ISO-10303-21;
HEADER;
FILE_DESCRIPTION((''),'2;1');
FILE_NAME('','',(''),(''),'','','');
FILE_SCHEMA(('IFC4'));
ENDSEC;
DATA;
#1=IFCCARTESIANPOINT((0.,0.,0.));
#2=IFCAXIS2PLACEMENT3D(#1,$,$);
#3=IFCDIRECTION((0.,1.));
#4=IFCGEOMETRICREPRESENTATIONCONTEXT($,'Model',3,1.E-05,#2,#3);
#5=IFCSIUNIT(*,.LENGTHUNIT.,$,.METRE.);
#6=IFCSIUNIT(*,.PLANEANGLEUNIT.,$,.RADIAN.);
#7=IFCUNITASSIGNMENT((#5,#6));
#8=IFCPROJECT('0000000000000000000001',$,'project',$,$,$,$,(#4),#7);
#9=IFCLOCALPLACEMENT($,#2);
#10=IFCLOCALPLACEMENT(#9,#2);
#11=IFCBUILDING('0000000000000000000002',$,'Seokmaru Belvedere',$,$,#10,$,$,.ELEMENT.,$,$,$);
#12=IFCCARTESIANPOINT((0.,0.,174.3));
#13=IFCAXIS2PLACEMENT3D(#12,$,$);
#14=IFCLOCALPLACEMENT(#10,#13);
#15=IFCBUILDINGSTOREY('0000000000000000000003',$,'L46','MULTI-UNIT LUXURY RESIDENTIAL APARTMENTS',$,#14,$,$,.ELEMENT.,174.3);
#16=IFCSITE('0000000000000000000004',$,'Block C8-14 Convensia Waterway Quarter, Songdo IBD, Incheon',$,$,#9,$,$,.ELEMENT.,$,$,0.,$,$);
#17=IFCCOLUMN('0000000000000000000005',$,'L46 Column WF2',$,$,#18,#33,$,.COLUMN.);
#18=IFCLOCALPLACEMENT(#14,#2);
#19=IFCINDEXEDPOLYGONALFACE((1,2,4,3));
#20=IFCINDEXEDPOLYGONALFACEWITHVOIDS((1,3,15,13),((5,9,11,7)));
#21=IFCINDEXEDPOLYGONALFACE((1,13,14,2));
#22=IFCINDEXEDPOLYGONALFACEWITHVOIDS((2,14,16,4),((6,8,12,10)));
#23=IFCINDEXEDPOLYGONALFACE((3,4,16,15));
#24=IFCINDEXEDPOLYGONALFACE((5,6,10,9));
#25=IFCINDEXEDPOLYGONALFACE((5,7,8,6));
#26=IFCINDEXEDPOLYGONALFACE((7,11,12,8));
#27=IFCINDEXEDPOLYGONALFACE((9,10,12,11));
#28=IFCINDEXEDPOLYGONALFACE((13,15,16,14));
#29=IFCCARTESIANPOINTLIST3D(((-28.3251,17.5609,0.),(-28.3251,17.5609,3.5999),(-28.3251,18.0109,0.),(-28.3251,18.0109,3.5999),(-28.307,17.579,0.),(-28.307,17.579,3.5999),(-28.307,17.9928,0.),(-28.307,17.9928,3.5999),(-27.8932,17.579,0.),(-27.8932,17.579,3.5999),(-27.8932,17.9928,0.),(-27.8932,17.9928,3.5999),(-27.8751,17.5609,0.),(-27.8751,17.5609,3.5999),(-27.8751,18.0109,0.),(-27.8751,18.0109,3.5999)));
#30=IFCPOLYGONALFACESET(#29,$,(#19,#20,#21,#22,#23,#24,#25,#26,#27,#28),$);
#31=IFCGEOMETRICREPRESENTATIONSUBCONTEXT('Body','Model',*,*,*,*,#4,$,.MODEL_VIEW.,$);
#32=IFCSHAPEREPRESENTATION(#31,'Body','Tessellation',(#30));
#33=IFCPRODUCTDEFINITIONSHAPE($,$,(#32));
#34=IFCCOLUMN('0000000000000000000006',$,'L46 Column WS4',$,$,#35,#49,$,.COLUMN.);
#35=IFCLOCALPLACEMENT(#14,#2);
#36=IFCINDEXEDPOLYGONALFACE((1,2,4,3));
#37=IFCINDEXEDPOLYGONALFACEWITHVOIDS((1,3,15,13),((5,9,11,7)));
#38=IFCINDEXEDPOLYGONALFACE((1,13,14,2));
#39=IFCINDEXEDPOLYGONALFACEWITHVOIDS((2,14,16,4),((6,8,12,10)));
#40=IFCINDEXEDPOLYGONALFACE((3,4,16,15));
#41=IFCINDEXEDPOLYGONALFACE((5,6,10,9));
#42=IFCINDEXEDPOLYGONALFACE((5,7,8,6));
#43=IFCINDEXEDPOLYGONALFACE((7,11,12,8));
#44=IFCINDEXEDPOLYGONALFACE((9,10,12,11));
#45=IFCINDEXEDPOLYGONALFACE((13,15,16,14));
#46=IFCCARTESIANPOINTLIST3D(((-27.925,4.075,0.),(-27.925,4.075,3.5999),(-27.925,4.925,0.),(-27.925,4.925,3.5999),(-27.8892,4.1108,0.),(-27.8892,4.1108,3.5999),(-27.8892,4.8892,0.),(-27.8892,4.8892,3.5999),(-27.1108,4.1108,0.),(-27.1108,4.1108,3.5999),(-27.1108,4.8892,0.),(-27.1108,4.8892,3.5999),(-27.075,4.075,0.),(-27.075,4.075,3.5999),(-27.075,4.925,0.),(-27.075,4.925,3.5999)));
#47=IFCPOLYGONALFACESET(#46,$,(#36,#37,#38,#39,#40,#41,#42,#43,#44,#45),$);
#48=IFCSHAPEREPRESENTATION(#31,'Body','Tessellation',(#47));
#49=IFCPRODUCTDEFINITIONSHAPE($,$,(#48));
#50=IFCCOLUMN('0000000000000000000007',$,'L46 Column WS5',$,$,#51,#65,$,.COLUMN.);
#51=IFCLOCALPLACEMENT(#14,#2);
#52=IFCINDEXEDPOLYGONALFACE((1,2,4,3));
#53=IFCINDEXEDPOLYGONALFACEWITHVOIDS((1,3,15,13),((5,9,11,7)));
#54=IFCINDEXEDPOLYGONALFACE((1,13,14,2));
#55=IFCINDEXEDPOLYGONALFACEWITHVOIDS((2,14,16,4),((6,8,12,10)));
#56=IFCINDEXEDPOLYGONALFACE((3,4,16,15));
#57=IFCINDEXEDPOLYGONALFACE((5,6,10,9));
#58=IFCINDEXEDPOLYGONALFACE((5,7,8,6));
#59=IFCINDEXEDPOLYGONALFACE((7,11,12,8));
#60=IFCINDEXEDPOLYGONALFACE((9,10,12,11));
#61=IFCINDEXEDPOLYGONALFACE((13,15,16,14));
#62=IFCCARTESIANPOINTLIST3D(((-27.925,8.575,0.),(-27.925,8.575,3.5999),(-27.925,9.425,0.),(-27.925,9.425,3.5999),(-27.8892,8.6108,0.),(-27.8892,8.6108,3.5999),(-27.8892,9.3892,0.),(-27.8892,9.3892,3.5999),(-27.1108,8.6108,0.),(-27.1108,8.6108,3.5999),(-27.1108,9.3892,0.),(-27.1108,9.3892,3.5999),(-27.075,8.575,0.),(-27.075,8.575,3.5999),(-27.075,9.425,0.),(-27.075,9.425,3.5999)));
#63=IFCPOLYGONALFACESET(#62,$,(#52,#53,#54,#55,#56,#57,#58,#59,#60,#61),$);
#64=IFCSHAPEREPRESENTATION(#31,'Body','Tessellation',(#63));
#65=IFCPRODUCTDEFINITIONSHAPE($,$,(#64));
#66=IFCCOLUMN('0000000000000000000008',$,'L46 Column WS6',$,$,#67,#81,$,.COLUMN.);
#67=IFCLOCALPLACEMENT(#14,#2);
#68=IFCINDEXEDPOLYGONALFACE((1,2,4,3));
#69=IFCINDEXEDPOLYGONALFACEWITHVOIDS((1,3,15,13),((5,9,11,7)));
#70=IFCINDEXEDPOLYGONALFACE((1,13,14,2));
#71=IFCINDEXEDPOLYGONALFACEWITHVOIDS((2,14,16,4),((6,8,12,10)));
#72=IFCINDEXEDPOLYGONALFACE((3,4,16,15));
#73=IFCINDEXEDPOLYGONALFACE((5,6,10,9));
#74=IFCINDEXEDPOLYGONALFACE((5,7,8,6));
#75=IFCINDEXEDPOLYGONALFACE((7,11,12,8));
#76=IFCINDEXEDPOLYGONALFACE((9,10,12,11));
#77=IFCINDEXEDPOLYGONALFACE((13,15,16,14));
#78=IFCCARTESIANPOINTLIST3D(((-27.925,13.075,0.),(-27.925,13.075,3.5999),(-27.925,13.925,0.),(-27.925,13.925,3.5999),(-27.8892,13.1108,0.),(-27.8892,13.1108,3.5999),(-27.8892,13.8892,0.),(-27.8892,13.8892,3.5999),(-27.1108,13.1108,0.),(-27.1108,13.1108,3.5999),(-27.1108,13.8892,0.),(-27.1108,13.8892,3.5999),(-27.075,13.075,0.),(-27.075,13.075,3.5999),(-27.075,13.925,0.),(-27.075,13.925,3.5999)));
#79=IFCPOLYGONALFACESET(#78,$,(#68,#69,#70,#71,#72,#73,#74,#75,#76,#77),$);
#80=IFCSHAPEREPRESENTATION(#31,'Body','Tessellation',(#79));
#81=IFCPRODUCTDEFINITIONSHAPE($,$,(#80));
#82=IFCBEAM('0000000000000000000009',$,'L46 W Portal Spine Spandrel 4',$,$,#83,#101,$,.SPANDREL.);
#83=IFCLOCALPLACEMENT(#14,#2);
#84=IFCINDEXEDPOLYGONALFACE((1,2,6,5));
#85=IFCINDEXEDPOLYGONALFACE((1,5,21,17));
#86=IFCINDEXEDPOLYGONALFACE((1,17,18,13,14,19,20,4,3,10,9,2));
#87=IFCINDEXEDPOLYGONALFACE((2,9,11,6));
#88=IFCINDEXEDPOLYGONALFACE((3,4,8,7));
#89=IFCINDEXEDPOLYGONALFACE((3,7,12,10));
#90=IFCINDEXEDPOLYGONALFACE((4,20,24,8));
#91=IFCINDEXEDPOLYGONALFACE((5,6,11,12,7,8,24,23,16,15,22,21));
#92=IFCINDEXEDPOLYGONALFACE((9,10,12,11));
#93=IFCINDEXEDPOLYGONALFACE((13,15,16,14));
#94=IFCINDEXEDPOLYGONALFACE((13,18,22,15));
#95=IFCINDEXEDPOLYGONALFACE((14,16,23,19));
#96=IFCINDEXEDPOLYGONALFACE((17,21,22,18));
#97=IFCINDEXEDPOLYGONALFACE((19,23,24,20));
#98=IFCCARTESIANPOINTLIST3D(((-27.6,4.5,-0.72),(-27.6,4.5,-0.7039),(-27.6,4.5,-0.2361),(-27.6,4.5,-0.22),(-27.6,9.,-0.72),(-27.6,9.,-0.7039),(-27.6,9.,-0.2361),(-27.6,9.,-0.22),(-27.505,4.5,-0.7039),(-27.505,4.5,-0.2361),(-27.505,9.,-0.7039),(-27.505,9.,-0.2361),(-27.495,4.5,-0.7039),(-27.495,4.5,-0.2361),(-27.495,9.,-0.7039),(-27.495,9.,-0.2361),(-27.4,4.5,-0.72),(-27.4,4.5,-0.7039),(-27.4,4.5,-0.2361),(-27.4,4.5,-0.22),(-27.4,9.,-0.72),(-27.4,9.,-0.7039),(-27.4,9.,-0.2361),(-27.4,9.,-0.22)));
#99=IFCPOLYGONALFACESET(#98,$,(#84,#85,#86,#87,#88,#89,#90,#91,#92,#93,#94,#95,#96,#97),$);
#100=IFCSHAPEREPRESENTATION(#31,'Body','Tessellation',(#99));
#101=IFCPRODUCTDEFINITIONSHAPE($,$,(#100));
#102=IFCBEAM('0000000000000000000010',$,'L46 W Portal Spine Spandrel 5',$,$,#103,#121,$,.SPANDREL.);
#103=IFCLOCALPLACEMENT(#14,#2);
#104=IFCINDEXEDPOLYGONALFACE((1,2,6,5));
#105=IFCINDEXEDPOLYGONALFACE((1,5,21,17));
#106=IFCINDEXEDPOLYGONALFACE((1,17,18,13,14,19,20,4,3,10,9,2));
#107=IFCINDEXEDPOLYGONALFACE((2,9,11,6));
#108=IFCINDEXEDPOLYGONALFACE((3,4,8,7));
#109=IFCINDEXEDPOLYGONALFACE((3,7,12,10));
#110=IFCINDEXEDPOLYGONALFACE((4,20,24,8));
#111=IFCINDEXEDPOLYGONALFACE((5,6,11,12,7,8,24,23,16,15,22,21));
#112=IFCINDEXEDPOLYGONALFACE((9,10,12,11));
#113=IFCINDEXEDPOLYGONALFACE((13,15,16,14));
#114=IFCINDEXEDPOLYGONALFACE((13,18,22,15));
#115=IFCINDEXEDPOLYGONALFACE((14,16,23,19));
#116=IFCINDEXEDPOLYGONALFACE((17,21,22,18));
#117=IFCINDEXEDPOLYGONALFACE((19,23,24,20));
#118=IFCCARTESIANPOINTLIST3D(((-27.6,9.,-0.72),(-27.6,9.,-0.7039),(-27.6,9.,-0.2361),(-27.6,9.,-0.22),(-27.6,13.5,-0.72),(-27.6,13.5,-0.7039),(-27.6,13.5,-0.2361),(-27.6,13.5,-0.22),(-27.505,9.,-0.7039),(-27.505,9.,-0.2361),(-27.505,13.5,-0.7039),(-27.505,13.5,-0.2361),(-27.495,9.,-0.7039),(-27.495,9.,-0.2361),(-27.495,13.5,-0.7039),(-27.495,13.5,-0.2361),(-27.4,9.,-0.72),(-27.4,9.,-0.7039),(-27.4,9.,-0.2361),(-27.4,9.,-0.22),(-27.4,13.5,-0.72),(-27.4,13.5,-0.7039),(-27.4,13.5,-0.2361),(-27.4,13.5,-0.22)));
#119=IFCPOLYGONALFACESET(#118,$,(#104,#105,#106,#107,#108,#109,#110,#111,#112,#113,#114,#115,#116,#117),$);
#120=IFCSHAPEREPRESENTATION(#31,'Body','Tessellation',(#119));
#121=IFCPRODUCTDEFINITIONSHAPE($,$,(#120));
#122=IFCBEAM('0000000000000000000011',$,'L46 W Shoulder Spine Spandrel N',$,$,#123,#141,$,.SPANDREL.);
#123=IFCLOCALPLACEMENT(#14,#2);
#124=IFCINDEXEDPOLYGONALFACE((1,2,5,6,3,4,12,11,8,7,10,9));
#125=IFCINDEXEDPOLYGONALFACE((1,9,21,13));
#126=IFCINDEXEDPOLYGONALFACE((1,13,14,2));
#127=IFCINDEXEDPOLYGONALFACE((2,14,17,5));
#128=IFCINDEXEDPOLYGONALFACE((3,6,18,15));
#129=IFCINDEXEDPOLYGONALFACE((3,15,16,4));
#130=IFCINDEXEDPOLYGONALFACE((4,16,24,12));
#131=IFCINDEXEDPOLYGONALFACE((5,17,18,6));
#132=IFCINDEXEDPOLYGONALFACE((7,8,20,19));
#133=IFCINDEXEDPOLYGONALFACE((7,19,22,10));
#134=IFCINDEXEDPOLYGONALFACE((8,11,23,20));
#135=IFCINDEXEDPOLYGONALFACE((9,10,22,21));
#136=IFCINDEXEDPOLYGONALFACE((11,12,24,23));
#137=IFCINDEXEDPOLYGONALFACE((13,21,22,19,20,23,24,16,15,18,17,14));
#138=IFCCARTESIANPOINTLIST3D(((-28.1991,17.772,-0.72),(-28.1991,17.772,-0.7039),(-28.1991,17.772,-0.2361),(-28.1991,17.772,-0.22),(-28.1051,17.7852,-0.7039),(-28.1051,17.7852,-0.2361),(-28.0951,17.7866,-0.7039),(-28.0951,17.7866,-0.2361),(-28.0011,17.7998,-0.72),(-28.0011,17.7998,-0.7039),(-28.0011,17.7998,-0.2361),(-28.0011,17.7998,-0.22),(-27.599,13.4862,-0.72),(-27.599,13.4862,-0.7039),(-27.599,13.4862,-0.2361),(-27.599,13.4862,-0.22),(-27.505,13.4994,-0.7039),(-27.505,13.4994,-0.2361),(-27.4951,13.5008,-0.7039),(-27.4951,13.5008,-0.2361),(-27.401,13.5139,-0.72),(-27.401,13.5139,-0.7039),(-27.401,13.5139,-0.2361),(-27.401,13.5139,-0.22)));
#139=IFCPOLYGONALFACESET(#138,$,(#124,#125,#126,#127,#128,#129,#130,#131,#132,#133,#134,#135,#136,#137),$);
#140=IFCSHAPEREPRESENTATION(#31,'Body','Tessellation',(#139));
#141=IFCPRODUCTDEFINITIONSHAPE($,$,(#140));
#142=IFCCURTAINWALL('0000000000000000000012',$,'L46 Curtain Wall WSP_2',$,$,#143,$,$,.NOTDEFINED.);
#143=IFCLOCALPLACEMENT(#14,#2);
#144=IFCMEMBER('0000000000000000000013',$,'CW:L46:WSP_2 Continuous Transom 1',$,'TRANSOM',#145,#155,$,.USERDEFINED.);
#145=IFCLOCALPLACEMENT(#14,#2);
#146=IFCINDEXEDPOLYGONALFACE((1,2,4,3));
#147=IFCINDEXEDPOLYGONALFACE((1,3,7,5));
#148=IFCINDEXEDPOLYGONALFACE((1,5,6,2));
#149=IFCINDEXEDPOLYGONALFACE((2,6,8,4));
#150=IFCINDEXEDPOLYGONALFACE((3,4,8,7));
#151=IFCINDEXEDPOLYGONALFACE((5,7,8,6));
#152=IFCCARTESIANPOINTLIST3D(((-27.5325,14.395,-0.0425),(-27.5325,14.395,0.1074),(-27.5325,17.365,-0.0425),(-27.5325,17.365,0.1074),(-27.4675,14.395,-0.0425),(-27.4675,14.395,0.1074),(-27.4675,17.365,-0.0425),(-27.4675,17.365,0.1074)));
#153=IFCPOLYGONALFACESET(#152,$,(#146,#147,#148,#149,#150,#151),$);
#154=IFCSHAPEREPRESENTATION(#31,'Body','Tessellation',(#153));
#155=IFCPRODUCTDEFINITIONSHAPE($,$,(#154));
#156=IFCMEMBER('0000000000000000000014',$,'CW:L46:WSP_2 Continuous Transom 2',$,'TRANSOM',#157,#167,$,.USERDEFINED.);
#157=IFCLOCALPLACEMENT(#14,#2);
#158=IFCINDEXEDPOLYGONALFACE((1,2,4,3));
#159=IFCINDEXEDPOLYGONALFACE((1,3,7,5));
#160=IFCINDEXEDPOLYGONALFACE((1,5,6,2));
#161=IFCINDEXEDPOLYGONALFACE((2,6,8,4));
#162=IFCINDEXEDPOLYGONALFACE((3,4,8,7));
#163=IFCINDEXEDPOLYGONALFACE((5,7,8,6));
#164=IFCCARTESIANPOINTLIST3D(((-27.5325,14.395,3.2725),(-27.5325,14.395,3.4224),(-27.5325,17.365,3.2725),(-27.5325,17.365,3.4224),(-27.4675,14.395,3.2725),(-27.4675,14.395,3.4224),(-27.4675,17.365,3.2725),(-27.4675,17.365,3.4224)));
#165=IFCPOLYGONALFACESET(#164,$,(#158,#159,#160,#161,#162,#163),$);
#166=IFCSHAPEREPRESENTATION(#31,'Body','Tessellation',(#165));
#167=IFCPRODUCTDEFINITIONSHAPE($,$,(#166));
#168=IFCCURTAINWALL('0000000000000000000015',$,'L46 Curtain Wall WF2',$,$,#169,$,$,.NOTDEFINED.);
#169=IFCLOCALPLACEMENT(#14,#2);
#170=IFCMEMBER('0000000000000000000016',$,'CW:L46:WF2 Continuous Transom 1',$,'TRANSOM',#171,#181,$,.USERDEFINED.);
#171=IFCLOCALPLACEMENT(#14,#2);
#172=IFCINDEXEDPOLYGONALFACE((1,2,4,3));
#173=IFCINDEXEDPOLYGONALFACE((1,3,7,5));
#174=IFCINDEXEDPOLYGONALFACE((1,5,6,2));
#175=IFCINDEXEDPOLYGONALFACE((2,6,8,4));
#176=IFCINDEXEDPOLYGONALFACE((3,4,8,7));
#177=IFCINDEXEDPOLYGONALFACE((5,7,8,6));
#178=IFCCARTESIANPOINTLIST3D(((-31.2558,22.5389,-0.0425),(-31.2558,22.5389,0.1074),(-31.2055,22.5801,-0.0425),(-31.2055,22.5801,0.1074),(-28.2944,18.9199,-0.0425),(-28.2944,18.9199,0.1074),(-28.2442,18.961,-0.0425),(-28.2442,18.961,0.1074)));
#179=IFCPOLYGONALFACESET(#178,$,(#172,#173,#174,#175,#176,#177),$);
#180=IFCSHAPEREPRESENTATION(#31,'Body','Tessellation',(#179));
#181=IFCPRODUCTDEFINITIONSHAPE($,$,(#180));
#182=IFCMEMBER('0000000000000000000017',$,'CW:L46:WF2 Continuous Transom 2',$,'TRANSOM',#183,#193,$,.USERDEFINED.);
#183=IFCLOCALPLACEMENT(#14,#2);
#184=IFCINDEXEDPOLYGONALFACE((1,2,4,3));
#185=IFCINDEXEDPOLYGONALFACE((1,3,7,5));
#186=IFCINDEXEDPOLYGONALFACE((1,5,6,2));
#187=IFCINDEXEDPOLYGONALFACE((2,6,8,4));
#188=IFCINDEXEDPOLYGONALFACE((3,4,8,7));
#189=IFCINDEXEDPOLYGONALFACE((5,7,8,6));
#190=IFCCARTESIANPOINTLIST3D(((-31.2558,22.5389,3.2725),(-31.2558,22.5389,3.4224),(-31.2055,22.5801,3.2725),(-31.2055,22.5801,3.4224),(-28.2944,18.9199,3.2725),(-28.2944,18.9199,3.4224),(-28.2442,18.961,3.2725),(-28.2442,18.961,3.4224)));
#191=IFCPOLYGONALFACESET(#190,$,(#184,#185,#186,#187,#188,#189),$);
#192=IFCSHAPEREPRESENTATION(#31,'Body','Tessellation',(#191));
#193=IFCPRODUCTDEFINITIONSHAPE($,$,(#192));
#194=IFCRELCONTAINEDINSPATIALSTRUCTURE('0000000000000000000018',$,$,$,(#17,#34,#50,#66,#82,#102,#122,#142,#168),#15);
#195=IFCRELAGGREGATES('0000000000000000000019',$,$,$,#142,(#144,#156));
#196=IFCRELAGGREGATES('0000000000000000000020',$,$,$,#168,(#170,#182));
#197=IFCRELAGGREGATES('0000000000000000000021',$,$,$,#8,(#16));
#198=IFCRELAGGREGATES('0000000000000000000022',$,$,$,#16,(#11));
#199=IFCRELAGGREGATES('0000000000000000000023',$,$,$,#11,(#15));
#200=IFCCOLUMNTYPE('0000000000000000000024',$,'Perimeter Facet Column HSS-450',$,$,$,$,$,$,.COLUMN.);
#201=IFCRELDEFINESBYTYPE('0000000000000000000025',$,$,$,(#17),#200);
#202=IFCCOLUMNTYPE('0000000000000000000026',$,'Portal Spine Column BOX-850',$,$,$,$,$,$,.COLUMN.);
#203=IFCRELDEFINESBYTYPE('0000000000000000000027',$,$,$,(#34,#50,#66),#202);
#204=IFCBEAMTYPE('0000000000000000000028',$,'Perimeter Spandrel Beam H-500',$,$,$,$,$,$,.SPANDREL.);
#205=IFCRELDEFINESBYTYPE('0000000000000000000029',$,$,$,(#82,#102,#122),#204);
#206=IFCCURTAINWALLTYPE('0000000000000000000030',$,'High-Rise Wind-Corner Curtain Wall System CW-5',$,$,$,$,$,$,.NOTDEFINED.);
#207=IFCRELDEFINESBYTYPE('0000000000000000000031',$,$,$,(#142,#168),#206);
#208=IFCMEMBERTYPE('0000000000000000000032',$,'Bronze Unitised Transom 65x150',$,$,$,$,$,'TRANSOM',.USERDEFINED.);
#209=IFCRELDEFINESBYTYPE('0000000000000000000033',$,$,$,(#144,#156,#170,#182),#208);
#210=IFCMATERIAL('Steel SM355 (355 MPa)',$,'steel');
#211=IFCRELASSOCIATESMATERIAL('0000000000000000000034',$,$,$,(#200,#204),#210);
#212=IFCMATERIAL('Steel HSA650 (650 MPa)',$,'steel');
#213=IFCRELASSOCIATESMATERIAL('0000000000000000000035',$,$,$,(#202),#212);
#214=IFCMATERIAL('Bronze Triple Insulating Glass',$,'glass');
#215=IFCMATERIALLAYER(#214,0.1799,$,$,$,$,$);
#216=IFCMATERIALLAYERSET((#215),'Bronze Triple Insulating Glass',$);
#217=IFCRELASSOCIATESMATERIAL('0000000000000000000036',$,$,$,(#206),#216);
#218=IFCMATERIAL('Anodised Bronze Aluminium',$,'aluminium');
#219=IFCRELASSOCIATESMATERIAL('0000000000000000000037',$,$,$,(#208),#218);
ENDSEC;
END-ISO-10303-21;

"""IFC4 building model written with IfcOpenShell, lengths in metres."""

from ifc_helpers import new_model, si_unit, direction, frame, origin, origin_2d, place, context, subcontext, project, spatial, rectangle, hollow_rectangle, i_section, extrude, source, transform, mapped, material, layer, layer_set, material_profile, profile_set, type_object, type_shapes, element, aggregate, save


model = new_model("IFC4")

# Units and contexts
model_context = context("Model", 3, precision=1e-05, world=origin(), true_north=direction((0.0, 1.0)))
body_context = subcontext(model_context, "Body", "Model", "MODEL_VIEW")
ifc_project = project(units=[si_unit("LENGTHUNIT", "METRE"), si_unit("PLANEANGLEUNIT", "RADIAN")], contexts=[model_context])

# Site, building, storey
site_placement = place(None, origin())
site = spatial("IfcSite", under=ifc_project, at=site_placement, Name="Block C8-14 Convensia Waterway Quarter, Songdo IBD, Incheon", CompositionType="ELEMENT", RefElevation=0.0)
building_placement = place(site_placement, origin())
building = spatial("IfcBuilding", under=site, at=building_placement, Name="Seokmaru Belvedere", CompositionType="ELEMENT")
storey_placement = place(building_placement, frame((0.0, 0.0, 174.3)))
storey = spatial("IfcBuildingStorey", under=building, at=storey_placement, Name="L46", Description="MULTI-UNIT LUXURY RESIDENTIAL APARTMENTS", CompositionType="ELEMENT", Elevation=174.3)

# Columns
ifc_material_1 = material(Name="Steel SM355 (355 MPa)", Category="steel")
ifc_material_profile_1 = material_profile(ifc_material_1, hollow_rectangle(XDim=0.45, YDim=0.45, WallThickness=0.0181, at=origin_2d()), Name="HSS-450x450x18")
ifc_profile_set_1 = profile_set([ifc_material_profile_1], Name="Steel SM355 (355 MPa)")
column_type_1 = type_object("IfcColumnType", Name="Perimeter Facet Column HSS-450", PredefinedType="COLUMN", material=ifc_profile_set_1)
shared_shape_1 = source(origin(), body_context, "Body", "SweptSolid", [
    extrude(hollow_rectangle(XDim=0.45, YDim=0.45, WallThickness=0.0181, at=origin_2d()), origin(), (0.0, 0.0, 1.0), 3.5999),
])
type_shapes(column_type_1, [shared_shape_1])
column_placement = place(storey_placement, frame((-28.1001, 17.7859, 0.0), z_axis=(0.0, 0.0, 1.0), x_axis=(1.0, 0.0, 0.0)))
element("IfcColumn", 1, at=column_placement, inside=storey, type_object=column_type_1, Name="L46 Column WF2", PredefinedType="COLUMN", context=body_context, shape_type="MappedRepresentation", body=[
    mapped(shared_shape_1, transform((0.0, 0.0, 0.0), scale=1.0)),
])
ifc_material_2 = material(Name="Steel HSA650 (650 MPa)", Category="steel")
ifc_material_profile_2 = material_profile(ifc_material_2, hollow_rectangle(XDim=0.8501, YDim=0.8501, WallThickness=0.0359, at=origin_2d()), Name="BOX-850x850x36")
ifc_profile_set_2 = profile_set([ifc_material_profile_2], Name="Steel HSA650 (650 MPa)")
column_type_2 = type_object("IfcColumnType", Name="Portal Spine Column BOX-850", PredefinedType="COLUMN", material=ifc_profile_set_2)
shared_shape_2 = source(origin(), body_context, "Body", "SweptSolid", [
    extrude(hollow_rectangle(XDim=0.8501, YDim=0.8501, WallThickness=0.0359, at=origin_2d()), origin(), (0.0, 0.0, 1.0), 3.5999),
])
type_shapes(column_type_2, [shared_shape_2])
for number, where, z_axis, x_axis, name in (
    (2, (-27.5, 4.5, 0.0), (0.0, 0.0, 1.0), (1.0, 0.0, 0.0), "L46 Column WS4"),
    (3, (-27.5, 9.0, 0.0), (0.0, 0.0, 1.0), (1.0, 0.0, 0.0), "L46 Column WS5"),
    (4, (-27.5, 13.5, 0.0), (0.0, 0.0, 1.0), (1.0, 0.0, 0.0), "L46 Column WS6"),
):
    element("IfcColumn", number, at=place(storey_placement, frame(where, z_axis=z_axis, x_axis=x_axis)), inside=storey, type_object=column_type_2, Name=name, PredefinedType="COLUMN", context=body_context, shape_type="MappedRepresentation", body=[
        mapped(shared_shape_2, transform((0.0, 0.0, 0.0), scale=1.0)),
    ])

# Beams
ifc_material_profile_3 = material_profile(ifc_material_1, i_section(OverallWidth=0.2, OverallDepth=0.5, WebThickness=0.01, FlangeThickness=0.0161, at=origin_2d()), Name="H-500x200x10x16")
ifc_profile_set_3 = profile_set([ifc_material_profile_3], Name="Steel SM355 (355 MPa)")
beam_type = type_object("IfcBeamType", Name="Perimeter Spandrel Beam H-500", PredefinedType="SPANDREL", material=ifc_profile_set_3)
shared_shape_3 = source(origin(), body_context, "Body", "SweptSolid", [
    extrude(i_section(OverallWidth=0.2, OverallDepth=0.5, WebThickness=0.01, FlangeThickness=0.0161, at=origin_2d()), origin(), (0.0, 0.0, 1.0), 4.5),
])
for number, where, z_axis, x_axis, name in (
    (5, (-27.5, 4.5, -0.47), (0.0, 1.0, 0.0), (-1.0, 0.0, 0.0), "L46 W Portal Spine Spandrel 4"),
    (6, (-27.5, 9.0, -0.47), (0.0, 1.0, 0.0), (-1.0, 0.0, 0.0), "L46 W Portal Spine Spandrel 5"),
):
    element("IfcBeam", number, at=place(storey_placement, frame(where, z_axis=z_axis, x_axis=x_axis)), inside=storey, type_object=beam_type, Name=name, PredefinedType="SPANDREL", context=body_context, shape_type="MappedRepresentation", body=[
        mapped(shared_shape_3, transform((0.0, 0.0, 0.0), scale=1.0)),
    ])
shared_shape_4 = source(origin(), body_context, "Body", "SweptSolid", [
    extrude(i_section(OverallWidth=0.2, OverallDepth=0.5, WebThickness=0.01, FlangeThickness=0.0161, at=origin_2d()), origin(), (0.0, 0.0, 1.0), 4.3276),
])
type_shapes(beam_type, [shared_shape_3, shared_shape_4])
beam_placement = place(storey_placement, frame((-28.1001, 17.7859, -0.47), z_axis=(0.138664, -0.990339, 0.0), x_axis=(0.990339, 0.138664, 0.0)))
element("IfcBeam", 7, at=beam_placement, inside=storey, type_object=beam_type, Name="L46 W Shoulder Spine Spandrel N", PredefinedType="SPANDREL", context=body_context, shape_type="MappedRepresentation", body=[
    mapped(shared_shape_4, transform((0.0, 0.0, 0.0), scale=1.0)),
])

# Curtain walls, members
ifc_material_3 = material(Name="Bronze Triple Insulating Glass", Category="glass")
ifc_layer_1 = layer(ifc_material_3, 0.1799)
ifc_layer_set_1 = layer_set([ifc_layer_1], Name="Bronze Triple Insulating Glass")
curtain_wall_type = type_object("IfcCurtainWallType", Name="High-Rise Wind-Corner Curtain Wall System CW-5", PredefinedType="NOTDEFINED", material=ifc_layer_set_1)
curtain_wall_1_placement = place(storey_placement, origin())
curtain_wall_1 = element("IfcCurtainWall", 8, at=curtain_wall_1_placement, inside=storey, type_object=curtain_wall_type, Name="L46 Curtain Wall WSP_2", PredefinedType="NOTDEFINED")
ifc_material_4 = material(Name="Anodised Bronze Aluminium", Category="aluminium")
ifc_material_profile_4 = material_profile(ifc_material_4, rectangle(XDim=0.0649, YDim=0.1499, at=origin_2d()), Name="CW-T-65x150")
ifc_profile_set_4 = profile_set([ifc_material_profile_4], Name="Anodised Bronze Aluminium")
member_type_1 = type_object("IfcMemberType", Name="Bronze Unitised Transom 65x150", ElementType="TRANSOM", PredefinedType="USERDEFINED", material=ifc_profile_set_4)
shared_shape_5 = source(origin(), body_context, "Body", "SweptSolid", [
    extrude(rectangle(XDim=0.0649, YDim=0.1499, at=origin_2d()), origin(), (0.0, 0.0, 1.0), 2.97),
])
member_1_placement = place(storey_placement, frame((-27.5, 14.395, 0.0325), z_axis=(0.0, 1.0, 0.0), x_axis=(-1.0, 0.0, 0.0)))
member_1 = element("IfcMember", 9, at=member_1_placement, type_object=member_type_1, Name="CW:L46:WSP_2 Continuous Transom 1", ObjectType="TRANSOM", PredefinedType="USERDEFINED", context=body_context, shape_type="MappedRepresentation", body=[
    mapped(shared_shape_5, transform((0.0, 0.0, 0.0), scale=1.0)),
])
member_2_placement = place(storey_placement, frame((-27.5, 14.395, 3.3474), z_axis=(0.0, 1.0, 0.0), x_axis=(-1.0, 0.0, 0.0)))
member_2 = element("IfcMember", 10, at=member_2_placement, type_object=member_type_1, Name="CW:L46:WSP_2 Continuous Transom 2", ObjectType="TRANSOM", PredefinedType="USERDEFINED", context=body_context, shape_type="MappedRepresentation", body=[
    mapped(shared_shape_5, transform((0.0, 0.0, 0.0), scale=1.0)),
])
curtain_wall_2_placement = place(storey_placement, origin())
curtain_wall_2 = element("IfcCurtainWall", 11, at=curtain_wall_2_placement, inside=storey, type_object=curtain_wall_type, Name="L46 Curtain Wall WF2", PredefinedType="NOTDEFINED")
shared_shape_6 = source(origin(), body_context, "Body", "SweptSolid", [
    extrude(rectangle(XDim=0.0649, YDim=0.1499, at=origin_2d()), origin(), (0.0, 0.0, 1.0), 4.6763),
])
type_shapes(member_type_1, [shared_shape_5, shared_shape_6])
member_3_placement = place(storey_placement, frame((-28.2693, 18.9404, 0.0325), z_axis=(-0.633278, 0.773925, 0.0), x_axis=(-0.773925, -0.633278, 0.0)))
member_3 = element("IfcMember", 12, at=member_3_placement, type_object=member_type_1, Name="CW:L46:WF2 Continuous Transom 1", ObjectType="TRANSOM", PredefinedType="USERDEFINED", context=body_context, shape_type="MappedRepresentation", body=[
    mapped(shared_shape_6, transform((0.0, 0.0, 0.0), scale=1.0)),
])
member_4_placement = place(storey_placement, frame((-28.2693, 18.9404, 3.3474), z_axis=(-0.633278, 0.773925, 0.0), x_axis=(-0.773925, -0.633278, 0.0)))
member_4 = element("IfcMember", 13, at=member_4_placement, type_object=member_type_1, Name="CW:L46:WF2 Continuous Transom 2", ObjectType="TRANSOM", PredefinedType="USERDEFINED", context=body_context, shape_type="MappedRepresentation", body=[
    mapped(shared_shape_6, transform((0.0, 0.0, 0.0), scale=1.0)),
])

aggregate(curtain_wall_1, [member_1, member_2])
aggregate(curtain_wall_2, [member_3, member_4])

save(model, "model.ifc")
